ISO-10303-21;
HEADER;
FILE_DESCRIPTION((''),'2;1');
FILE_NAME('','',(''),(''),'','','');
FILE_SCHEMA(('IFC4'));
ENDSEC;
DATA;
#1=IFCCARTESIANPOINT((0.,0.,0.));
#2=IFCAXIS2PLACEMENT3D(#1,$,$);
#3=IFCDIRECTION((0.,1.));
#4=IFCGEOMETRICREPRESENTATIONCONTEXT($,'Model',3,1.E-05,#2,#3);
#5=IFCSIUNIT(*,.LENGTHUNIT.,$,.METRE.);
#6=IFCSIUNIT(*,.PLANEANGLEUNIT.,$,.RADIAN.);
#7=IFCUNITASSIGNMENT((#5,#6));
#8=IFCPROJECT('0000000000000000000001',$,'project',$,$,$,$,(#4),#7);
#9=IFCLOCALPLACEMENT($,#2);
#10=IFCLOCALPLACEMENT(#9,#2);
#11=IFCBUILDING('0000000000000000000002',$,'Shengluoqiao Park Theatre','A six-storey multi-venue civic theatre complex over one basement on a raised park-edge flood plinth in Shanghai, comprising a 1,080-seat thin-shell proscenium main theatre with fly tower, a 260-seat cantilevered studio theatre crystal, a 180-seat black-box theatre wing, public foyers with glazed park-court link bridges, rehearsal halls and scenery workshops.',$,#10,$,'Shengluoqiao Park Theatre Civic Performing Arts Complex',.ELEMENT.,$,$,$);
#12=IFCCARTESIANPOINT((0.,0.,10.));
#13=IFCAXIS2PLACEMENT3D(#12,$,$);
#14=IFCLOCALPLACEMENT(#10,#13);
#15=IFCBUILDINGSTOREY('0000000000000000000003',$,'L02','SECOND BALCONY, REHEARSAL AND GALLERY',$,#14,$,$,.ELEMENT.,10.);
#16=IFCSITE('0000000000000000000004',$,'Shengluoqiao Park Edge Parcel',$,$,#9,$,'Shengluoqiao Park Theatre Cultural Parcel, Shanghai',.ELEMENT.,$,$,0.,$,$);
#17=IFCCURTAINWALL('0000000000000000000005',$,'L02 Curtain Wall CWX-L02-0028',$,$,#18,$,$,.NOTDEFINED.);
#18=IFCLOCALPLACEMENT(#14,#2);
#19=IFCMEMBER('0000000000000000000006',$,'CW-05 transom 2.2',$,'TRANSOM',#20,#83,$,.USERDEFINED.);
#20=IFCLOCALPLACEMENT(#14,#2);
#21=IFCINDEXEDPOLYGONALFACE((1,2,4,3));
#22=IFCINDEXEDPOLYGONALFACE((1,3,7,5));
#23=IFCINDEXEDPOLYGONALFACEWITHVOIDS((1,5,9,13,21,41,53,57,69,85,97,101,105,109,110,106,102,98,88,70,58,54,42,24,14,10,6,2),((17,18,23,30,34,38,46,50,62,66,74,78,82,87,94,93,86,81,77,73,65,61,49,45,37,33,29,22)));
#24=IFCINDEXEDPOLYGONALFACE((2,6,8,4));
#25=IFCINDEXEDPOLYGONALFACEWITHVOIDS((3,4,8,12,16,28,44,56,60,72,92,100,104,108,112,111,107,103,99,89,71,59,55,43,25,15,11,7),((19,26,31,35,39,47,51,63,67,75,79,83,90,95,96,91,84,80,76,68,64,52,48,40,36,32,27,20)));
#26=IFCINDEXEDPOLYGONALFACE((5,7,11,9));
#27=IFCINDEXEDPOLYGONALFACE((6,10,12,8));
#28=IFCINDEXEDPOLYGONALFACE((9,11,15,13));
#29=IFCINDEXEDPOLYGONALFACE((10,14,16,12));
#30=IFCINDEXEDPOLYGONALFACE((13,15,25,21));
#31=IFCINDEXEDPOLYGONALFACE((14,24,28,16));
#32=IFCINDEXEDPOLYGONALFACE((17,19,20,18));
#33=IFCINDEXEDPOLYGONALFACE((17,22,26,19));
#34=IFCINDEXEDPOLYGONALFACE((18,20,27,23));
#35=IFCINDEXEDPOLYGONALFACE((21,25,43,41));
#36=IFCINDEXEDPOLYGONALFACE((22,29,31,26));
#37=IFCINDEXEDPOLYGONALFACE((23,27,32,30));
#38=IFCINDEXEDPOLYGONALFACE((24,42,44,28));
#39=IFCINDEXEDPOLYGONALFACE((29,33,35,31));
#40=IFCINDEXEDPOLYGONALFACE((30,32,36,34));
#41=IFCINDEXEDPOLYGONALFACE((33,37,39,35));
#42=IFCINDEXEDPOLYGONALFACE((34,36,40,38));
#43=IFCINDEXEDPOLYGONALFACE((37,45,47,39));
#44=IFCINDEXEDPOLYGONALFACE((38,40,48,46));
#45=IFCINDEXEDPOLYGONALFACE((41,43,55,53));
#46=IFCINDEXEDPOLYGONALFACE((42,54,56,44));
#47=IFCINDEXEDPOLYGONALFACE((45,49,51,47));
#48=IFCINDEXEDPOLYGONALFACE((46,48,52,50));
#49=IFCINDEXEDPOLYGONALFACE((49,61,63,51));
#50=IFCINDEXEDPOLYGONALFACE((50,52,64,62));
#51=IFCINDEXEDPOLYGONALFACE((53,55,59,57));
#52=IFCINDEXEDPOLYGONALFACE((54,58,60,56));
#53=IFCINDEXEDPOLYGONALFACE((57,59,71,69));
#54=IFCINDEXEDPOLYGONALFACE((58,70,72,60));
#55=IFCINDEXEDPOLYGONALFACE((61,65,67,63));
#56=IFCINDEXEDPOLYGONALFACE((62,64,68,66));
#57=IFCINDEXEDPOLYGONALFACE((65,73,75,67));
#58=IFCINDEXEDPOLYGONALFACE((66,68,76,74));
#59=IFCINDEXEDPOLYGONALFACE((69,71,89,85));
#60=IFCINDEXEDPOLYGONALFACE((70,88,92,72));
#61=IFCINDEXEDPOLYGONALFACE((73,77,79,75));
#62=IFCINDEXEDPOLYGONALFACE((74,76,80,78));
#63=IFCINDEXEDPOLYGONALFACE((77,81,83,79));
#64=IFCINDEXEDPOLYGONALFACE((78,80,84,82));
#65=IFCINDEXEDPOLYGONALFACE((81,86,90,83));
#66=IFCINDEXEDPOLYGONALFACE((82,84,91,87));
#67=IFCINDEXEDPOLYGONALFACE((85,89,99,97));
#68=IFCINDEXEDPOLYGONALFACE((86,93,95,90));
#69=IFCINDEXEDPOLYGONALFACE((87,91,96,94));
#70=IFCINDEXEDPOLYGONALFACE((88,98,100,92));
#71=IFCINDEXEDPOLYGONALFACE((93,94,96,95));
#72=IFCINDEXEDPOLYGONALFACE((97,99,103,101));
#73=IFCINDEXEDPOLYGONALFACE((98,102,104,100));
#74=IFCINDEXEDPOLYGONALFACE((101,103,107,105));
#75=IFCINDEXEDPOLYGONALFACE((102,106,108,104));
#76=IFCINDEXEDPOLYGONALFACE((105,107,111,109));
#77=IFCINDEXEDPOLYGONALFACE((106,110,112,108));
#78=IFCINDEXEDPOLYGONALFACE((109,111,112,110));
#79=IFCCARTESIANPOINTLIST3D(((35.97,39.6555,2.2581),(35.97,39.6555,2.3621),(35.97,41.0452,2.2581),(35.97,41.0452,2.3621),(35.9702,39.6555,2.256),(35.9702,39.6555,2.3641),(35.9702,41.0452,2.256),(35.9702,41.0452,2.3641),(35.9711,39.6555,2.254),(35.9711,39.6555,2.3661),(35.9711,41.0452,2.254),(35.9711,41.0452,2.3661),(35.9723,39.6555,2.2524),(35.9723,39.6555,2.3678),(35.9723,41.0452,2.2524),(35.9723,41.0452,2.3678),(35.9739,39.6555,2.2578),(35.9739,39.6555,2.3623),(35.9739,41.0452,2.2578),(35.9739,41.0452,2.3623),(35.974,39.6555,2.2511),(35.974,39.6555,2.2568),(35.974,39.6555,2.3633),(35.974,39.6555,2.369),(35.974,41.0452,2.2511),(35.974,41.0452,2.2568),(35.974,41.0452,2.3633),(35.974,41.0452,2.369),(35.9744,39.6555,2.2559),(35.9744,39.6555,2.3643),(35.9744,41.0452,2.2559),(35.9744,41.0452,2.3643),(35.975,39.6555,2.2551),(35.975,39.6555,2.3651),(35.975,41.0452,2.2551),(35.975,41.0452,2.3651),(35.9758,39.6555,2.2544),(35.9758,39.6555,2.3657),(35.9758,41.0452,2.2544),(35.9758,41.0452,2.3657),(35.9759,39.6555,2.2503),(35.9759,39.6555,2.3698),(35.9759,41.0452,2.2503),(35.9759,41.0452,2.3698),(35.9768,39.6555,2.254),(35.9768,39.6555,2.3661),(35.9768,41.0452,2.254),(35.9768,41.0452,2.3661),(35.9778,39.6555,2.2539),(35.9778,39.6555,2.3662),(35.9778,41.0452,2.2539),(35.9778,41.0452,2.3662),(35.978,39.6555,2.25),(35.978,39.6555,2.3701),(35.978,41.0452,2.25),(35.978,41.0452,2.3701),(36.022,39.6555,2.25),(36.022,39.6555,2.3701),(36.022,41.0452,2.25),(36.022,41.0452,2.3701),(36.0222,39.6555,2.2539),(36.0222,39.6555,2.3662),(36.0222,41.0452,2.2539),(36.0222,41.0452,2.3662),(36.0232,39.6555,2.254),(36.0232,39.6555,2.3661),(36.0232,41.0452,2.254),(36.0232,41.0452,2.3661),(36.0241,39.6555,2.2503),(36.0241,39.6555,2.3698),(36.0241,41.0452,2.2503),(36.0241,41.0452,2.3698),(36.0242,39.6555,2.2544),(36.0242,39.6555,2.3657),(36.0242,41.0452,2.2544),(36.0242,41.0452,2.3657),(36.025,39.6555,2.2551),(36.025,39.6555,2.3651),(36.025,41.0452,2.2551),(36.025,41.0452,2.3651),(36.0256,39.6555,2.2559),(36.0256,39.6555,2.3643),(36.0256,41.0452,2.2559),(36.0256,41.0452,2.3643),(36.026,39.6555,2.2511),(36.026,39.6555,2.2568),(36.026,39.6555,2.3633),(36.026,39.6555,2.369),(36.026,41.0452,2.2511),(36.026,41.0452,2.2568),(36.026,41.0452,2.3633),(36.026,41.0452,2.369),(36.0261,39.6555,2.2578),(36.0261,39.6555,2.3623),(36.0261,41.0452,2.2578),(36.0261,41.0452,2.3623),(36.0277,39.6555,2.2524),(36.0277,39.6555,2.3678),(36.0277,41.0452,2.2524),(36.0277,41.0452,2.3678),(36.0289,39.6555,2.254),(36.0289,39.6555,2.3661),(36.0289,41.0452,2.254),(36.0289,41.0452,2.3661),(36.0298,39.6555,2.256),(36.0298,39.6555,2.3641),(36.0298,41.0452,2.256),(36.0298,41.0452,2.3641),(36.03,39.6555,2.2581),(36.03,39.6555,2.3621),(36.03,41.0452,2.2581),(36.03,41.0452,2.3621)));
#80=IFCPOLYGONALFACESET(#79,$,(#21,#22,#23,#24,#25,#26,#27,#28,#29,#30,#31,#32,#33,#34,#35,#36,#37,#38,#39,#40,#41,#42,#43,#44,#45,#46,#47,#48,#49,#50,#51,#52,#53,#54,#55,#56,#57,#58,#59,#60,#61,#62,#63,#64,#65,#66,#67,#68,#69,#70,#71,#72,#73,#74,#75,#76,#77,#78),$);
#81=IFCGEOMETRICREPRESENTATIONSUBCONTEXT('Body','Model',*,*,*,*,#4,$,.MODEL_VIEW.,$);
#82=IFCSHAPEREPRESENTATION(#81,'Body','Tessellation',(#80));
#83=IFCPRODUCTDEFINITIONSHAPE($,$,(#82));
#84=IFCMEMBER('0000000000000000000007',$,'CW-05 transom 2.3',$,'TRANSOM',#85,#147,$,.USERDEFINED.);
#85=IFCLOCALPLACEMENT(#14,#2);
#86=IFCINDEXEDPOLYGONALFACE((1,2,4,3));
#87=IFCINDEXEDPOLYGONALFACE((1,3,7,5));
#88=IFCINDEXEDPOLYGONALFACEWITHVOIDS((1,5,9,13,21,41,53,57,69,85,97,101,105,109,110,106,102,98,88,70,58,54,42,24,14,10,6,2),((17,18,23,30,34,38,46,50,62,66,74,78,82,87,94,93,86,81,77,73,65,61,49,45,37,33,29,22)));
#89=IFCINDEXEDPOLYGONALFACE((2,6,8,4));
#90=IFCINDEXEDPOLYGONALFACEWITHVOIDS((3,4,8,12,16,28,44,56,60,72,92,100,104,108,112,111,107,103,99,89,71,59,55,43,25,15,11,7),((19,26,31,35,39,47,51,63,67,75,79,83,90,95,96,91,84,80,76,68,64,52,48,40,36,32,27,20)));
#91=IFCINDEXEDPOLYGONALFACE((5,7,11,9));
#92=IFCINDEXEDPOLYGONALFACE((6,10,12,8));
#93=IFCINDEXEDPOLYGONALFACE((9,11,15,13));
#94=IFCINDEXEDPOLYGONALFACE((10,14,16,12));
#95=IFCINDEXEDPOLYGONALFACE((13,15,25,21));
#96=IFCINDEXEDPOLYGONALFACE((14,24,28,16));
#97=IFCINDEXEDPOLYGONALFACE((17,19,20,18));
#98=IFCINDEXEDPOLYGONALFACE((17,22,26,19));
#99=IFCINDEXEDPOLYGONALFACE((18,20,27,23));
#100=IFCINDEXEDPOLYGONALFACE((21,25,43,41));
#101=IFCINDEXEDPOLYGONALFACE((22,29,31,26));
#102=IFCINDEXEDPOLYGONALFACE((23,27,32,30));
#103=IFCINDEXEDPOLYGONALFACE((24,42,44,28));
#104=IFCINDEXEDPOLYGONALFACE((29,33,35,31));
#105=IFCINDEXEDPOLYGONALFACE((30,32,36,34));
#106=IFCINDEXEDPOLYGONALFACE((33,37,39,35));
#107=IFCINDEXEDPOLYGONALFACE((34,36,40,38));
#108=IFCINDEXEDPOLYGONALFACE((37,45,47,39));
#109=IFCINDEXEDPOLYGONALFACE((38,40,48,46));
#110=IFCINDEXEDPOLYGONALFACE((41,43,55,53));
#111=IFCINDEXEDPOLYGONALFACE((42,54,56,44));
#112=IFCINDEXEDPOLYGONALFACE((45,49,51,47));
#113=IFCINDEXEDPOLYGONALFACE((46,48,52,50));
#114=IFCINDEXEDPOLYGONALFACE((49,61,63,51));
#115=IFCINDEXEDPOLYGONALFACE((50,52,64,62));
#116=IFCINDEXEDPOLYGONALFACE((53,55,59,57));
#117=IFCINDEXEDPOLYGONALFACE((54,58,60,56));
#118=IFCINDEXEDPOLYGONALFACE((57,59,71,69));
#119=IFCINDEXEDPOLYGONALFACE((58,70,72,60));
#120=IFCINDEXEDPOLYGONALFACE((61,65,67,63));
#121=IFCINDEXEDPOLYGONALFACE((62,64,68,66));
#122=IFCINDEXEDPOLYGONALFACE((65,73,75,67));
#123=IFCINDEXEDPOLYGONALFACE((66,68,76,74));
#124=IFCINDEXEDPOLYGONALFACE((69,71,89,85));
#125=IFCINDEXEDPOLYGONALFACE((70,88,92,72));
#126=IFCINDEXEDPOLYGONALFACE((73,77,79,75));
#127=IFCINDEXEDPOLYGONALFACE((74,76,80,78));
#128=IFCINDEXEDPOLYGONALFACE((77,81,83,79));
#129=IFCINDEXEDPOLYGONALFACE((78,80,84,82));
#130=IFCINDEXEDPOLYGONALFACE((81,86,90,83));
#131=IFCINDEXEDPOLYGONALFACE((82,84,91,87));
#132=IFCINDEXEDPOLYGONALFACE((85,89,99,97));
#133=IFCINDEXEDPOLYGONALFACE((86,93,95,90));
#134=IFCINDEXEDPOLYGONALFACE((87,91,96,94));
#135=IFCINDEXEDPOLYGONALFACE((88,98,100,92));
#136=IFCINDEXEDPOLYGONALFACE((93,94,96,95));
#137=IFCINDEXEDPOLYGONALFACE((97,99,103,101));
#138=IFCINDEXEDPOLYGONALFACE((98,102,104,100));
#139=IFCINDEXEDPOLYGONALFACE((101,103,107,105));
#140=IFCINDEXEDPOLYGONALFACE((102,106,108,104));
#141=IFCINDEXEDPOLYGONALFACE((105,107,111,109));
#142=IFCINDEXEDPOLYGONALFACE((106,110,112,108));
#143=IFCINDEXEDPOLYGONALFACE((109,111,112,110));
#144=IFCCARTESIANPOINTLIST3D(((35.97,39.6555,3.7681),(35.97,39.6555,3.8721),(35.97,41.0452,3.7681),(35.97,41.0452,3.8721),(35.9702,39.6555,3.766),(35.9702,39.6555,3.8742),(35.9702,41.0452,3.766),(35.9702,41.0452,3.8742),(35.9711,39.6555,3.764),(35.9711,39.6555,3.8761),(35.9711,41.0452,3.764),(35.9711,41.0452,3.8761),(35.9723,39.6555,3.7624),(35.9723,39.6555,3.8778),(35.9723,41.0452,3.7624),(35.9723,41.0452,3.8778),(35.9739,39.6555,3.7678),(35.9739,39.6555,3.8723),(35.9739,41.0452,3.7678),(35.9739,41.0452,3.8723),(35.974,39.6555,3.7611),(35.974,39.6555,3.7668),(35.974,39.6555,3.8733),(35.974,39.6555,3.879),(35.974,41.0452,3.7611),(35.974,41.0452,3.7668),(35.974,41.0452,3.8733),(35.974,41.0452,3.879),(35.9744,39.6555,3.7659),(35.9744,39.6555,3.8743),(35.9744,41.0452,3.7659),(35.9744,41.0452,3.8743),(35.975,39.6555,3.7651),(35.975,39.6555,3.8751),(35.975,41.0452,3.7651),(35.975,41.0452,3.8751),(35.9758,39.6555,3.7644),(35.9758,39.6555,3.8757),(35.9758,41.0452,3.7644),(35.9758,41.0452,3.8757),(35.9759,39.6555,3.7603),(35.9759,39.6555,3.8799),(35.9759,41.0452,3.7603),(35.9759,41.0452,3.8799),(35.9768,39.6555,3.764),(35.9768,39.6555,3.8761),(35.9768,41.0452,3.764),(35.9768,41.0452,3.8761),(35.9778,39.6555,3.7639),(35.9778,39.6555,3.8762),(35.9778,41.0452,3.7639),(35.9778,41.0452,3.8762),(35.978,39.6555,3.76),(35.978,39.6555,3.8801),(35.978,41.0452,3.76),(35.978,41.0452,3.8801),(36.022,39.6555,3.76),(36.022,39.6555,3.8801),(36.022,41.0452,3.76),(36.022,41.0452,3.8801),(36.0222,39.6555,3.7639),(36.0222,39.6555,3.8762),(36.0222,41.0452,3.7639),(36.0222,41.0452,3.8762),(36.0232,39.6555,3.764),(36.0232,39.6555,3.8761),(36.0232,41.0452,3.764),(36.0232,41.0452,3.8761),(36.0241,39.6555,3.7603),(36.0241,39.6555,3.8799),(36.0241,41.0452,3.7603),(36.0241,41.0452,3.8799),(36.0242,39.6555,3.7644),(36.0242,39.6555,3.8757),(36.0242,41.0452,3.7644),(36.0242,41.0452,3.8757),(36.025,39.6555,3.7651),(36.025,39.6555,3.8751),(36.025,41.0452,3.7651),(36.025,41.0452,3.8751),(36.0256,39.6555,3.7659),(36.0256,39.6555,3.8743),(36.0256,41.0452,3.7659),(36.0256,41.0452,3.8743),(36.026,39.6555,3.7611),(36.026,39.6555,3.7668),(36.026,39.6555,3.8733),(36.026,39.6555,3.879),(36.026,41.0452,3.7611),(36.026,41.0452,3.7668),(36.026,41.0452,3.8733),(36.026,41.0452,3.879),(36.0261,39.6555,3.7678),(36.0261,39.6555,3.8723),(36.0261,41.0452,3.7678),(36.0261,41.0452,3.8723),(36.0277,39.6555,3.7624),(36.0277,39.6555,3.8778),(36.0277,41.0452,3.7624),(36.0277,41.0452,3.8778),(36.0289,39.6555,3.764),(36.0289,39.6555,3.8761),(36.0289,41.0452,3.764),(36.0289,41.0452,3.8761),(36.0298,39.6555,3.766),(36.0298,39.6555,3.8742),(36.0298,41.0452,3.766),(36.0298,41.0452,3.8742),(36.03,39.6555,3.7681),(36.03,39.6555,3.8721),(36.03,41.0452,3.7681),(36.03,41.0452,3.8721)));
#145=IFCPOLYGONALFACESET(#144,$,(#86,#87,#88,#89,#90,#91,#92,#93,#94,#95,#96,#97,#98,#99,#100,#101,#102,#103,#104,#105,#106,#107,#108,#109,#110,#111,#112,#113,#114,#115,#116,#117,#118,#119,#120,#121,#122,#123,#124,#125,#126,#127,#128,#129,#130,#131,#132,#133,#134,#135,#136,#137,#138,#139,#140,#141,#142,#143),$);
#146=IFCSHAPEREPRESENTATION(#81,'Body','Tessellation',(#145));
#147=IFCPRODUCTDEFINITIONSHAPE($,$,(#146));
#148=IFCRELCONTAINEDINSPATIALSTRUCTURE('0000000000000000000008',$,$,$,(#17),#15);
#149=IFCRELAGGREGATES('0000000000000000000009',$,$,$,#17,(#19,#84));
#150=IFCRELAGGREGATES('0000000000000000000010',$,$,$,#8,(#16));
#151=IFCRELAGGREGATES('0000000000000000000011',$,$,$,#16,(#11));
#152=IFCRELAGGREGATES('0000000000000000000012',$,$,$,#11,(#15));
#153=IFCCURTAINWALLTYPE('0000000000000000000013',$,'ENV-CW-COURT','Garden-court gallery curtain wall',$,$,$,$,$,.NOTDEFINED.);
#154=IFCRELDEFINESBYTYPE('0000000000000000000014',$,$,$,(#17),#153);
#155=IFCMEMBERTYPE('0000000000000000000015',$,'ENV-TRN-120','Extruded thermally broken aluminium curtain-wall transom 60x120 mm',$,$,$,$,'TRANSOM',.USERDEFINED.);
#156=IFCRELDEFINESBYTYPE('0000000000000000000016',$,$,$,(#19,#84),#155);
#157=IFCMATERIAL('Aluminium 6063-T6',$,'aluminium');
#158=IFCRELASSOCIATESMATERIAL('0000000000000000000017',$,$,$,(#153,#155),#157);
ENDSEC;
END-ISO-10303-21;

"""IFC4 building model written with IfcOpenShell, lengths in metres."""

from ifc_helpers import new_model, si_unit, direction, frame, origin, origin_2d, place, context, subcontext, project, spatial, hollow_rectangle, extrude, material, material_profile, profile_set, type_object, element, aggregate, save


model = new_model("IFC4")

# Units and contexts
model_context = context("Model", 3, precision=1e-05, world=origin(), true_north=direction((0.0, 1.0)))
body_context = subcontext(model_context, "Body", "Model", "MODEL_VIEW")
ifc_project = project(units=[si_unit("LENGTHUNIT", "METRE"), si_unit("PLANEANGLEUNIT", "RADIAN")], contexts=[model_context])

# Site, building, storey
site_placement = place(None, origin())
site = spatial("IfcSite", under=ifc_project, at=site_placement, Name="Shengluoqiao Park Edge Parcel", LongName="Shengluoqiao Park Theatre Cultural Parcel, Shanghai", CompositionType="ELEMENT", RefElevation=0.0)
building_placement = place(site_placement, origin())
building = spatial("IfcBuilding", under=site, at=building_placement, Name="Shengluoqiao Park Theatre", Description="A six-storey multi-venue civic theatre complex over one basement on a raised park-edge flood plinth in Shanghai, comprising a 1,080-seat thin-shell proscenium main theatre with fly tower, a 260-seat cantilevered studio theatre crystal, a 180-seat black-box theatre wing, public foyers with glazed park-court link bridges, rehearsal halls and scenery workshops.", LongName="Shengluoqiao Park Theatre Civic Performing Arts Complex", CompositionType="ELEMENT")
storey_placement = place(building_placement, frame((0.0, 0.0, 10.0)))
storey = spatial("IfcBuildingStorey", under=building, at=storey_placement, Name="L02", Description="SECOND BALCONY, REHEARSAL AND GALLERY", CompositionType="ELEMENT", Elevation=10.0)

# Shared definitions
ifc_material_1 = material(Name="Aluminium 6063-T6", Category="aluminium")
curtain_wall_type = type_object("IfcCurtainWallType", Name="ENV-CW-COURT", Description="Garden-court gallery curtain wall", PredefinedType="NOTDEFINED", material=ifc_material_1)

# Curtain wall, members
curtain_wall_1_placement = place(storey_placement, origin())
curtain_wall_1 = element("IfcCurtainWall", 1, at=curtain_wall_1_placement, inside=storey, type_object=curtain_wall_type, Name="L02 Curtain Wall CWX-L02-0028", PredefinedType="NOTDEFINED")
ifc_material_profile_1 = material_profile(ifc_material_1, hollow_rectangle(XDim=0.0601, YDim=0.1201, WallThickness=0.0039, InnerFilletRadius=0.0039, OuterFilletRadius=0.0081, at=origin_2d()), Name="ALU TRANSOM 120x60x4")
ifc_profile_set_1 = profile_set([ifc_material_profile_1], Name="Aluminium 6063-T6")
member_type_1 = type_object("IfcMemberType", Name="ENV-TRN-120", Description="Extruded thermally broken aluminium curtain-wall transom 60x120 mm", ElementType="TRANSOM", PredefinedType="USERDEFINED", material=ifc_profile_set_1)
member_1_placement = place(storey_placement, frame((36.0, 39.6555, 2.3101), z_axis=(0.0, 1.0, 0.0), x_axis=(-1.0, 0.0, 0.0)))
member_1 = element("IfcMember", 2, at=member_1_placement, type_object=member_type_1, Name="CW-05 transom 2.2", ObjectType="TRANSOM", PredefinedType="USERDEFINED", context=body_context, shape_type="SweptSolid", body=[
    extrude(hollow_rectangle(XDim=0.0601, YDim=0.1201, WallThickness=0.0039, InnerFilletRadius=0.0039, OuterFilletRadius=0.0081, at=origin_2d()), origin(), (0.0, 0.0, 1.0), 1.3896),
])
member_2_placement = place(storey_placement, frame((36.0, 39.6555, 3.8201), z_axis=(0.0, 1.0, 0.0), x_axis=(-1.0, 0.0, 0.0)))
member_2 = element("IfcMember", 3, at=member_2_placement, type_object=member_type_1, Name="CW-05 transom 2.3", ObjectType="TRANSOM", PredefinedType="USERDEFINED", context=body_context, shape_type="SweptSolid", body=[
    extrude(hollow_rectangle(XDim=0.0601, YDim=0.1201, WallThickness=0.0039, InnerFilletRadius=0.0039, OuterFilletRadius=0.0081, at=origin_2d()), origin(), (0.0, 0.0, 1.0), 1.3896),
])

aggregate(curtain_wall_1, [member_1, member_2])

save(model, "model.ifc")
